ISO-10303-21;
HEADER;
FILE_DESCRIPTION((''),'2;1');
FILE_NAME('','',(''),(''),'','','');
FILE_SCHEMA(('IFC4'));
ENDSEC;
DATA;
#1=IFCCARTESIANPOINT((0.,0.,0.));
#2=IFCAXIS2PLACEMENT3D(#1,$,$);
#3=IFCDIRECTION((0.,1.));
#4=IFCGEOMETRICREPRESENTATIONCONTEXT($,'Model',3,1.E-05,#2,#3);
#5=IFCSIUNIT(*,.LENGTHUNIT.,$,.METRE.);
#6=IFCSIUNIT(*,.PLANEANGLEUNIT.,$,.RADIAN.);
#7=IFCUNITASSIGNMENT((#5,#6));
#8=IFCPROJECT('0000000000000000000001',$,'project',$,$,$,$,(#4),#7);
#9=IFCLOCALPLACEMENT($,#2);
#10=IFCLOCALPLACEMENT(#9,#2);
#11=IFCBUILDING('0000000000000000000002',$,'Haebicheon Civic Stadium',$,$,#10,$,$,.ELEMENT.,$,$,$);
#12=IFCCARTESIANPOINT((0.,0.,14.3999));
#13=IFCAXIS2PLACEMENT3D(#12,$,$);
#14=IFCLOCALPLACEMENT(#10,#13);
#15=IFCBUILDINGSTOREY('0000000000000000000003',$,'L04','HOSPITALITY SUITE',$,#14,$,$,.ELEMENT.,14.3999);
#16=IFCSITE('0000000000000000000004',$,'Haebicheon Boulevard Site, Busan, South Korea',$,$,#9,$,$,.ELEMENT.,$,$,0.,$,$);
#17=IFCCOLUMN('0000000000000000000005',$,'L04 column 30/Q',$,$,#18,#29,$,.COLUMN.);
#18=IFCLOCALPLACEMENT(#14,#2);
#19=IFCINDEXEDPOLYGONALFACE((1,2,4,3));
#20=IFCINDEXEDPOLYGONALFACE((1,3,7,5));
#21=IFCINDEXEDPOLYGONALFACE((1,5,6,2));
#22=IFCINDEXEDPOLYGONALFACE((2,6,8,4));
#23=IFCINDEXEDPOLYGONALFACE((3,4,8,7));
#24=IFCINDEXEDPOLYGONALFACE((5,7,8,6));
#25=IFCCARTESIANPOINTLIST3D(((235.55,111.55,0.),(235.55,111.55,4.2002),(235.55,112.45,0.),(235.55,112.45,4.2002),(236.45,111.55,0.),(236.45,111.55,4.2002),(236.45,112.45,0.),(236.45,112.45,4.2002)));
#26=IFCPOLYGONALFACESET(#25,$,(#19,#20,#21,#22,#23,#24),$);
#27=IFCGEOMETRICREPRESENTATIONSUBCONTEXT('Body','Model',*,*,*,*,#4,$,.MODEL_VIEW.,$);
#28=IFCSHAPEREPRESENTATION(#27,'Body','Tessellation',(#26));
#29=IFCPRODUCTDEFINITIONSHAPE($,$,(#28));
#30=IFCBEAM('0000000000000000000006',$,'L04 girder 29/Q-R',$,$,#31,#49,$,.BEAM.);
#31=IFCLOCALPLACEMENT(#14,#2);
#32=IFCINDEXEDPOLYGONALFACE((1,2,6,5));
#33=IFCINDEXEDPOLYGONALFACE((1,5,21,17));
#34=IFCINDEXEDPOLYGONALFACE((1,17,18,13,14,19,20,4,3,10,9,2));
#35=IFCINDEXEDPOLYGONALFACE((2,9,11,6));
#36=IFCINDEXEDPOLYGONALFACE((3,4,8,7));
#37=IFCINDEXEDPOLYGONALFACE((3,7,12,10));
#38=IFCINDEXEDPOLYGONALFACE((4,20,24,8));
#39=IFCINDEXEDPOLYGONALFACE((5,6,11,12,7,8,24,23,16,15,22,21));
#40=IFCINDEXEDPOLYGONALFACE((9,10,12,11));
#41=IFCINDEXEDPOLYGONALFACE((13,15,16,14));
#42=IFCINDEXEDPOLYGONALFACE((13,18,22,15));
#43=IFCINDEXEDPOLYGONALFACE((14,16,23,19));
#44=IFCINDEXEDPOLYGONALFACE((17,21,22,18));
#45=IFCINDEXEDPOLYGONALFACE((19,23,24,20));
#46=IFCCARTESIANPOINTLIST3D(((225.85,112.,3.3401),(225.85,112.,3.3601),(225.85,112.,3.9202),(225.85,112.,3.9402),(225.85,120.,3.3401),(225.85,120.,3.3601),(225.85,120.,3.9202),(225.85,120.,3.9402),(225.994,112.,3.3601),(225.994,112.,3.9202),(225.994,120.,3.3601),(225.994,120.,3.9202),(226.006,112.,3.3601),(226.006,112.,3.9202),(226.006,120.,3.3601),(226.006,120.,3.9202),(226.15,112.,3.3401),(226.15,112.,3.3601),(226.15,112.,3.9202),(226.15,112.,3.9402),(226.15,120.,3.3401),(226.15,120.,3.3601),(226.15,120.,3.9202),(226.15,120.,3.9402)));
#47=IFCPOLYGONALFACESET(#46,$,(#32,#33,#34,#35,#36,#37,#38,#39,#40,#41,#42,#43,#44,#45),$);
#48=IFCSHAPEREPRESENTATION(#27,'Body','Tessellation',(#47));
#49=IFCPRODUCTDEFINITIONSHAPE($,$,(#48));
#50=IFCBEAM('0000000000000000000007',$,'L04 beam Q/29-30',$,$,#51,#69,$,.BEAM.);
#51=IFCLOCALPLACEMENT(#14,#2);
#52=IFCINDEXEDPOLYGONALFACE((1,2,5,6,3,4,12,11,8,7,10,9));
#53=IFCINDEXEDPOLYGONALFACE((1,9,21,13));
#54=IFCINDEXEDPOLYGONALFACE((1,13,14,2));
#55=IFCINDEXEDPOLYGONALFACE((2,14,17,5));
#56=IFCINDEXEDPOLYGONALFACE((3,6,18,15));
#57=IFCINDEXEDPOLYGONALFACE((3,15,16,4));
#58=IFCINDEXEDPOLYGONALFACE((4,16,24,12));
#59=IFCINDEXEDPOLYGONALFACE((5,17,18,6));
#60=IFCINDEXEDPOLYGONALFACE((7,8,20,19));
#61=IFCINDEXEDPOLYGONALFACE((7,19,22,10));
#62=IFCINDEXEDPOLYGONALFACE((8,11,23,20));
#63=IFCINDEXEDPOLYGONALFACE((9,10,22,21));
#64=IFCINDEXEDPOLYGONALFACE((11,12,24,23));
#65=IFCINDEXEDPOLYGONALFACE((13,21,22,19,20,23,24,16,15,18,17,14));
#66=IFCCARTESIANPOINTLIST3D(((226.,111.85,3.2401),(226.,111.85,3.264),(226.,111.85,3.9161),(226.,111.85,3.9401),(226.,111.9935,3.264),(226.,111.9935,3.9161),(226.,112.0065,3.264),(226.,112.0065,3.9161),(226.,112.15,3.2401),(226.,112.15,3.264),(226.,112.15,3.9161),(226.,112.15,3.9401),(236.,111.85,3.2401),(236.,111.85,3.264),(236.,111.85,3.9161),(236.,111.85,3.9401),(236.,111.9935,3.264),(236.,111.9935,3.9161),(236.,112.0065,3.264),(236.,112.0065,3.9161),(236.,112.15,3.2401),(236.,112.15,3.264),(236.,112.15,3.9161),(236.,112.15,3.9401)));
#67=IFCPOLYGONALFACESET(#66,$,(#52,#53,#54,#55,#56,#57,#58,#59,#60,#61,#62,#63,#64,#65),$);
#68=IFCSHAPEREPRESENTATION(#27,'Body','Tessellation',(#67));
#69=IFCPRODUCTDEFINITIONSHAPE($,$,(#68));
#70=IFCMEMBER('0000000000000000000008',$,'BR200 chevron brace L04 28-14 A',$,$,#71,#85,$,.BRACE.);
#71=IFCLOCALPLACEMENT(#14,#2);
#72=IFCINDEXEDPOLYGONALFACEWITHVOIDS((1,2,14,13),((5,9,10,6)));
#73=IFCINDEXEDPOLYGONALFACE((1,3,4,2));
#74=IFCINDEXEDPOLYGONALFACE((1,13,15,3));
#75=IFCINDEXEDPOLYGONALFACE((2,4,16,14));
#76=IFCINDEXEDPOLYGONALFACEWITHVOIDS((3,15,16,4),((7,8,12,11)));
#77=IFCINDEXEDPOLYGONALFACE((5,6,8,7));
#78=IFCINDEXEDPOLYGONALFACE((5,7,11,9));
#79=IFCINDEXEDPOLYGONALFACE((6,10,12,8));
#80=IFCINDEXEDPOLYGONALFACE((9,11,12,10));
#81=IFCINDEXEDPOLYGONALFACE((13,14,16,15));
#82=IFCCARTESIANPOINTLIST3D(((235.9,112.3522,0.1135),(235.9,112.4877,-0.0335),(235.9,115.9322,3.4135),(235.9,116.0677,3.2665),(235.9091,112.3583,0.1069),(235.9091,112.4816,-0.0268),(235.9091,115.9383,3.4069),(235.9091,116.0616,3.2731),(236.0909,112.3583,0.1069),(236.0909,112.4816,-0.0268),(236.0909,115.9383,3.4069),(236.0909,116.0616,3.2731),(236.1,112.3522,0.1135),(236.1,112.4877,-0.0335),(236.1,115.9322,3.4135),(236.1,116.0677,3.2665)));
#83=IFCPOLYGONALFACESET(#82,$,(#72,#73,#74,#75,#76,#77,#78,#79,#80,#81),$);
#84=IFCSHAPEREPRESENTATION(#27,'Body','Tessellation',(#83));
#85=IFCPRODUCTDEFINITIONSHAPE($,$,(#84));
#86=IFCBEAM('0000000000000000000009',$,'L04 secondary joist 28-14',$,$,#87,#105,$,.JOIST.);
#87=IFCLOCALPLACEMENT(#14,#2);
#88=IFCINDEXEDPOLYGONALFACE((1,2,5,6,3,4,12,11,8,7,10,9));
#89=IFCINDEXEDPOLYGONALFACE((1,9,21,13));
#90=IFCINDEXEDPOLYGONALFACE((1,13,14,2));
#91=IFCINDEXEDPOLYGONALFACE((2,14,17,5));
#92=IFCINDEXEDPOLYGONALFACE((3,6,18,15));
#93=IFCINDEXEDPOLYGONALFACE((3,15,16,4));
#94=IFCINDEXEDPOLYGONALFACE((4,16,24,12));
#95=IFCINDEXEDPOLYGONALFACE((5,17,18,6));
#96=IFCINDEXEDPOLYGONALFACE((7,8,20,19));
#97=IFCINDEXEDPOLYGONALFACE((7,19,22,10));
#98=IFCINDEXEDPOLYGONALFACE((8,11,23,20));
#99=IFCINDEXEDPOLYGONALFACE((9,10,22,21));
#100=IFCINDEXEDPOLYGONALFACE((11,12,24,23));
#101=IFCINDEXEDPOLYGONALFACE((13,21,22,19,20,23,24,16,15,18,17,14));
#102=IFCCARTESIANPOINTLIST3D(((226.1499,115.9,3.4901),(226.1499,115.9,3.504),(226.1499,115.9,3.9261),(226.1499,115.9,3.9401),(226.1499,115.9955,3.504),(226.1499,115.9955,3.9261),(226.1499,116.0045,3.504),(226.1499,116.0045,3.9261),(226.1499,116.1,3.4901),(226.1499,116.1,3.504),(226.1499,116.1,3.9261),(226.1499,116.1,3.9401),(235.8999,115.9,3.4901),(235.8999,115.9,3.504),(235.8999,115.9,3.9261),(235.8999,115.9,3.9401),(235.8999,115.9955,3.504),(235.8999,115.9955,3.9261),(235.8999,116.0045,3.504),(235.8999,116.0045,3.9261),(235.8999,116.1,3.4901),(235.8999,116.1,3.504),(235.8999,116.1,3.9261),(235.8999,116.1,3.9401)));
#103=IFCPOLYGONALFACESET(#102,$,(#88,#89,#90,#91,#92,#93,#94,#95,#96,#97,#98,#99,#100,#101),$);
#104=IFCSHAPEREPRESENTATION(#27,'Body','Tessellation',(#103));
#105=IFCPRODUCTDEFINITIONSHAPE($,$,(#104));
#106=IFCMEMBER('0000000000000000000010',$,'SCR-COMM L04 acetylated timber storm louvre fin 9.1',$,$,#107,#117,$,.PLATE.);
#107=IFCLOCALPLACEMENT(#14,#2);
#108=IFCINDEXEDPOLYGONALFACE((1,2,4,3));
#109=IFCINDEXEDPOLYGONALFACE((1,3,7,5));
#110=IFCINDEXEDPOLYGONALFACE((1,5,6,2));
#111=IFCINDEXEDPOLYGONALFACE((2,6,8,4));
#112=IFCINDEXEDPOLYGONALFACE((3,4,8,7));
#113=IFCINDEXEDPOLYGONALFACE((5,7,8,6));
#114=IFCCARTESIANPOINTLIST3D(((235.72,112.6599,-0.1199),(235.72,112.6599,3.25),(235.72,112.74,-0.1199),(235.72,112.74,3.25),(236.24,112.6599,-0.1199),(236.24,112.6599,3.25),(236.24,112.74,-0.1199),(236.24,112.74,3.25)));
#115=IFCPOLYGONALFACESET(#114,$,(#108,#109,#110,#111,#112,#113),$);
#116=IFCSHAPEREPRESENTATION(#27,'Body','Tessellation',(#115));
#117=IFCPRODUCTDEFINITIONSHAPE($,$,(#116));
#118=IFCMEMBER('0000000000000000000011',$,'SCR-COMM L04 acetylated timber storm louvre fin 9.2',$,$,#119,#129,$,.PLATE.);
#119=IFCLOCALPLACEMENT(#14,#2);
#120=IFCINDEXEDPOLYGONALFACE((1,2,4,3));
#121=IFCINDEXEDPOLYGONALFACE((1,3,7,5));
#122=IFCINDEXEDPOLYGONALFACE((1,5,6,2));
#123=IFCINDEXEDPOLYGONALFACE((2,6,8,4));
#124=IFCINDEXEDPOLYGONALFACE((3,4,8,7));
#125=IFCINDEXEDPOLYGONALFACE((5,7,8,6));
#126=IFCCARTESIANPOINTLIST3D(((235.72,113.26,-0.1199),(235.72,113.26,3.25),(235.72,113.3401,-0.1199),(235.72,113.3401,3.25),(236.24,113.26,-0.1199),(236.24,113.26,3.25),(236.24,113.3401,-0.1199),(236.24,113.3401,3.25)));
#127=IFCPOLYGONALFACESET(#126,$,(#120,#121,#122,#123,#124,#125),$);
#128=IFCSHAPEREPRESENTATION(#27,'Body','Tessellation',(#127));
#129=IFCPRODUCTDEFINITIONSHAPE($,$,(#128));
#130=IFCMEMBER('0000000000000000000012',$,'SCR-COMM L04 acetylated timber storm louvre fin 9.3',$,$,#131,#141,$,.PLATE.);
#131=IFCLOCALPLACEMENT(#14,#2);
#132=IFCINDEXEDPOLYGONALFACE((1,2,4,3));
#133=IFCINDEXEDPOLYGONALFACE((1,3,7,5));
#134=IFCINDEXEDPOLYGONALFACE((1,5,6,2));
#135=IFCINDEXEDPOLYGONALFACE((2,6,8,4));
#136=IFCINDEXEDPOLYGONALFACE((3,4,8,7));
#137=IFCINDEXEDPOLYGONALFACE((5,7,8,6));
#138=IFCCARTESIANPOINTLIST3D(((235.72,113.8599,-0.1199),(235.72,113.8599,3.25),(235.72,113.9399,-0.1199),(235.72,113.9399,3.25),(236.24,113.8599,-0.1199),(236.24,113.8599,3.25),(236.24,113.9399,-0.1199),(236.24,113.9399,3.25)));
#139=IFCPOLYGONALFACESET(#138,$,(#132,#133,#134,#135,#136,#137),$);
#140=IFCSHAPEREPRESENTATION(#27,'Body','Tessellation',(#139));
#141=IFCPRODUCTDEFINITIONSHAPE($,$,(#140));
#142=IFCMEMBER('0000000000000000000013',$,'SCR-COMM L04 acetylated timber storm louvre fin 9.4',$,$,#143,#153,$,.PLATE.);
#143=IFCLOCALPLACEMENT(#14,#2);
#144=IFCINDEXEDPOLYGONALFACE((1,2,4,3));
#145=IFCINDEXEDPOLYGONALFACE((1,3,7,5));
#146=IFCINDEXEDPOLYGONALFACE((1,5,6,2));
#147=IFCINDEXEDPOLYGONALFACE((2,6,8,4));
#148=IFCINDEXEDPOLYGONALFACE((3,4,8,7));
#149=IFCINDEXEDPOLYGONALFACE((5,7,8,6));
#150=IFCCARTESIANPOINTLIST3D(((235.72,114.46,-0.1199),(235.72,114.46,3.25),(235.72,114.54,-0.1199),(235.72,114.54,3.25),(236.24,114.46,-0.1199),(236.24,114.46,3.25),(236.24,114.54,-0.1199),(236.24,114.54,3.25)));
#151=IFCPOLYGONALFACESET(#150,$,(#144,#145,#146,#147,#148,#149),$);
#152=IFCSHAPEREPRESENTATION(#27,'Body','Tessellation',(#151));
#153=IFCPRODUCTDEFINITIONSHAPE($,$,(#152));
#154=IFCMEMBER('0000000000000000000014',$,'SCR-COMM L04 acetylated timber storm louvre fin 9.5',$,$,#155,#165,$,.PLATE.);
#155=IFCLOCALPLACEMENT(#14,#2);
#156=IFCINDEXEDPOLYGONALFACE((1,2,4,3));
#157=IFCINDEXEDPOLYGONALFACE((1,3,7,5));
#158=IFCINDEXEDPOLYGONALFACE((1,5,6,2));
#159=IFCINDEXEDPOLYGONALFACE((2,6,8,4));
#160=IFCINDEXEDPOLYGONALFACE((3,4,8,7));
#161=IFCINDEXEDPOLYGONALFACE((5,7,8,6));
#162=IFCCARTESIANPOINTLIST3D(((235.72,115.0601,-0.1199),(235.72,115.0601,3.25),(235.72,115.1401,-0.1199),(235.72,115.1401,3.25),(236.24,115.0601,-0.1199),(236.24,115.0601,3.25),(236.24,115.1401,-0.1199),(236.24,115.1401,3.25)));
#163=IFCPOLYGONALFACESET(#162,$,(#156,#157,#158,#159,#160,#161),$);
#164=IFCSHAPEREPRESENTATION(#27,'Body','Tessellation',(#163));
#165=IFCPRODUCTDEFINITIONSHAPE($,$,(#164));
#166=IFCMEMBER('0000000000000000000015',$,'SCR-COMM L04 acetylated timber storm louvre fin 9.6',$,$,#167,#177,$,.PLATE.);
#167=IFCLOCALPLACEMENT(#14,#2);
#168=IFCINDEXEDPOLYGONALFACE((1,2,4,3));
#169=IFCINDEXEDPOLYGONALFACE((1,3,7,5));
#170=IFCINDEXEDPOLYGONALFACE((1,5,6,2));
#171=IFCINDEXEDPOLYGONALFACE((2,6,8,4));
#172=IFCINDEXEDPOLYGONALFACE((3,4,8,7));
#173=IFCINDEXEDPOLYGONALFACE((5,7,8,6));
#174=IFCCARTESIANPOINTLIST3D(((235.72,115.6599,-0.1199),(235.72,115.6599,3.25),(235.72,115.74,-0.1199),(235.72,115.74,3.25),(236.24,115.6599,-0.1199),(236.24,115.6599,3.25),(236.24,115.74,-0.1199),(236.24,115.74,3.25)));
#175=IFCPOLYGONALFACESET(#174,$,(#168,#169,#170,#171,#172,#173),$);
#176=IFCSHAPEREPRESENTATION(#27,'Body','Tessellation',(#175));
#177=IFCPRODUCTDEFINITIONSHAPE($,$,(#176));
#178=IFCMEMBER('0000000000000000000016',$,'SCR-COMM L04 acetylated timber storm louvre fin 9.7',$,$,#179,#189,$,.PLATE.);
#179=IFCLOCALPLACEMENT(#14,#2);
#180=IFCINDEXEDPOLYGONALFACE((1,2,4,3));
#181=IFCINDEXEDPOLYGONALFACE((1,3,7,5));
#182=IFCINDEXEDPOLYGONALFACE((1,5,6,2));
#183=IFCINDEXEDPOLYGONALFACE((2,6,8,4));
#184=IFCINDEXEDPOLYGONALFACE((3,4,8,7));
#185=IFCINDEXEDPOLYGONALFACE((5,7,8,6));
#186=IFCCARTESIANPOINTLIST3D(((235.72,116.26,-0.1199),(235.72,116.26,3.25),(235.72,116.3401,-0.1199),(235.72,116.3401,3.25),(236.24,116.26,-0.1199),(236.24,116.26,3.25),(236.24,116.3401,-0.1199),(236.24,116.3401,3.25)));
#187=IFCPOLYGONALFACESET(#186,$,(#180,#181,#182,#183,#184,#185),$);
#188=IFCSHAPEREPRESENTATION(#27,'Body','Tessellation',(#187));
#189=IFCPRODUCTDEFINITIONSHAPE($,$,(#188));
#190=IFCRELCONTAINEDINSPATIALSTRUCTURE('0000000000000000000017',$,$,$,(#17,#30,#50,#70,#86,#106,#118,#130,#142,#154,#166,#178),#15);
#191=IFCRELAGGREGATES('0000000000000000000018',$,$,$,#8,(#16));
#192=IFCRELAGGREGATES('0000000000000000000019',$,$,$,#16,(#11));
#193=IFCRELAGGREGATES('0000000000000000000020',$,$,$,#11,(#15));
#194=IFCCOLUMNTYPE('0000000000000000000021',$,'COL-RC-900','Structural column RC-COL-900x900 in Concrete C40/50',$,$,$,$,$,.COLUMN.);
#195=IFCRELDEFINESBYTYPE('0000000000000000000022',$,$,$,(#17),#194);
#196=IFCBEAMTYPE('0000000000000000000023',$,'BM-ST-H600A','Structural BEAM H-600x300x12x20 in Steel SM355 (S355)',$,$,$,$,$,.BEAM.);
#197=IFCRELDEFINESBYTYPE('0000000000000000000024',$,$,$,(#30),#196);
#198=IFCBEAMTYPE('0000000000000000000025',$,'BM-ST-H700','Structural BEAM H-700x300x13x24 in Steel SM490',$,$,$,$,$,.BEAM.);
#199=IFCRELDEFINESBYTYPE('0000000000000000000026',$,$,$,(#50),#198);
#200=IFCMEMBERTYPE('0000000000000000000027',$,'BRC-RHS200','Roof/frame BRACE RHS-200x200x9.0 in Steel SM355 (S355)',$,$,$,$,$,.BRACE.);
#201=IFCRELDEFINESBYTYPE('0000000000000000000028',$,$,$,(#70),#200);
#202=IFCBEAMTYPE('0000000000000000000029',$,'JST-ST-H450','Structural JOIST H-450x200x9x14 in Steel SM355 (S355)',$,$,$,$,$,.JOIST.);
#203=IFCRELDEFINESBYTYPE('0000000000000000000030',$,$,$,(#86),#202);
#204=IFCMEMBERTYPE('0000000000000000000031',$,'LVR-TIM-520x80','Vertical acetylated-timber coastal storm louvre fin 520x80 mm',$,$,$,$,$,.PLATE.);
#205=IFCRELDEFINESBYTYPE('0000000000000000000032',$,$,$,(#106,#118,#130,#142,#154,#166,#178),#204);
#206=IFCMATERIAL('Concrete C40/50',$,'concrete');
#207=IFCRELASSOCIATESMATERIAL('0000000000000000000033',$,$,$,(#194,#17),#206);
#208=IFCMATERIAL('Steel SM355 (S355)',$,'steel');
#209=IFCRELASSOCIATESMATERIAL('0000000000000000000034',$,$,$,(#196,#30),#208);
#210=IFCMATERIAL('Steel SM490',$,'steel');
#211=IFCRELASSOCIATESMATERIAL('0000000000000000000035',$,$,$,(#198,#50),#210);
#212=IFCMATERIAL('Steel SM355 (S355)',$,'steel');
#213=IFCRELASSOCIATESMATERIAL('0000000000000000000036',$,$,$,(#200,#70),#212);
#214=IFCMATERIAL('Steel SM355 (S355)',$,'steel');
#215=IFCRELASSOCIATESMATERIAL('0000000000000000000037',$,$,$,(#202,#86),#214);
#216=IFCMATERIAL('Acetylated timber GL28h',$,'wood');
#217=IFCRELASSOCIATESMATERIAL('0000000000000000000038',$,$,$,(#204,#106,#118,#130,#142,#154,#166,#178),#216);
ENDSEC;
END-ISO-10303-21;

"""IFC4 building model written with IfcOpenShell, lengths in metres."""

from ifc_helpers import new_model, si_unit, direction, frame, origin, origin_2d, place, context, subcontext, project, spatial, rectangle, hollow_rectangle, i_section, extrude, material, material_profile, profile_set, type_object, element, save


model = new_model("IFC4")

# Units and contexts
model_context = context("Model", 3, precision=1e-05, world=origin(), true_north=direction((0.0, 1.0)))
body_context = subcontext(model_context, "Body", "Model", "MODEL_VIEW")
ifc_project = project(units=[si_unit("LENGTHUNIT", "METRE"), si_unit("PLANEANGLEUNIT", "RADIAN")], contexts=[model_context])

# Site, building, storey
site_placement = place(None, origin())
site = spatial("IfcSite", under=ifc_project, at=site_placement, Name="Haebicheon Boulevard Site, Busan, South Korea", CompositionType="ELEMENT", RefElevation=0.0)
building_placement = place(site_placement, origin())
building = spatial("IfcBuilding", under=site, at=building_placement, Name="Haebicheon Civic Stadium", CompositionType="ELEMENT")
storey_placement = place(building_placement, frame((0.0, 0.0, 14.3999)))
storey = spatial("IfcBuildingStorey", under=building, at=storey_placement, Name="L04", Description="HOSPITALITY SUITE", CompositionType="ELEMENT", Elevation=14.3999)

# Column
ifc_material_1 = material(Name="Concrete C40/50", Category="concrete")
ifc_material_profile_1 = material_profile(ifc_material_1, rectangle(XDim=0.8999, YDim=0.8999, at=origin_2d()), Name="RC-COL-900x900")
ifc_profile_set_1 = profile_set([ifc_material_profile_1], Name="Concrete C40/50")
column_type = type_object("IfcColumnType", Name="COL-RC-900", Description="Structural column RC-COL-900x900 in Concrete C40/50", PredefinedType="COLUMN", material=ifc_profile_set_1)
column_placement = place(storey_placement, frame((236.0, 112.0, 0.0), z_axis=(0.0, 0.0, 1.0), x_axis=(1.0, 0.0, 0.0)))
element("IfcColumn", 1, at=column_placement, inside=storey, type_object=column_type, material=ifc_profile_set_1, Name="L04 column 30/Q", PredefinedType="COLUMN", context=body_context, shape_type="SweptSolid", body=[
    extrude(rectangle(XDim=0.8999, YDim=0.8999, at=origin_2d()), origin(), (0.0, 0.0, 1.0), 4.2002),
])

# Beams
ifc_material_2 = material(Name="Steel SM355 (S355)", Category="steel")
ifc_material_profile_2 = material_profile(ifc_material_2, i_section(OverallWidth=0.3, OverallDepth=0.6001, WebThickness=0.012, FlangeThickness=0.02, at=origin_2d()), Name="H-600x300x12x20")
ifc_profile_set_2 = profile_set([ifc_material_profile_2], Name="Steel SM355 (S355)")
beam_type_1 = type_object("IfcBeamType", Name="BM-ST-H600A", Description="Structural BEAM H-600x300x12x20 in Steel SM355 (S355)", PredefinedType="BEAM", material=ifc_profile_set_2)
beam_1_placement = place(storey_placement, frame((226.0, 112.0, 3.6401), z_axis=(0.0, 1.0, 0.0), x_axis=(-1.0, 0.0, 0.0)))
element("IfcBeam", 2, at=beam_1_placement, inside=storey, type_object=beam_type_1, material=ifc_profile_set_2, Name="L04 girder 29/Q-R", PredefinedType="BEAM", context=body_context, shape_type="SweptSolid", body=[
    extrude(i_section(OverallWidth=0.3, OverallDepth=0.6001, WebThickness=0.012, FlangeThickness=0.02, at=origin_2d()), origin(), (0.0, 0.0, 1.0), 8.0),
])
ifc_material_3 = material(Name="Steel SM490", Category="steel")
ifc_material_profile_3 = material_profile(ifc_material_3, i_section(OverallWidth=0.3, OverallDepth=0.7, WebThickness=0.0129, FlangeThickness=0.0239, at=origin_2d()), Name="H-700x300x13x24")
ifc_profile_set_3 = profile_set([ifc_material_profile_3], Name="Steel SM490")
beam_type_2 = type_object("IfcBeamType", Name="BM-ST-H700", Description="Structural BEAM H-700x300x13x24 in Steel SM490", PredefinedType="BEAM", material=ifc_profile_set_3)
beam_2_placement = place(storey_placement, frame((226.0, 112.0, 3.5901), z_axis=(1.0, 0.0, 0.0), x_axis=(0.0, 1.0, 0.0)))
element("IfcBeam", 3, at=beam_2_placement, inside=storey, type_object=beam_type_2, material=ifc_profile_set_3, Name="L04 beam Q/29-30", PredefinedType="BEAM", context=body_context, shape_type="SweptSolid", body=[
    extrude(i_section(OverallWidth=0.3, OverallDepth=0.7, WebThickness=0.0129, FlangeThickness=0.0239, at=origin_2d()), origin(), (0.0, 0.0, 1.0), 10.0),
])

# Member
ifc_material_4 = material(Name="Steel SM355 (S355)", Category="steel")
ifc_material_profile_4 = material_profile(ifc_material_4, hollow_rectangle(XDim=0.2, YDim=0.2, WallThickness=0.009, at=origin_2d()), Name="RHS-200x200x9.0")
ifc_profile_set_4 = profile_set([ifc_material_profile_4], Name="Steel SM355 (S355)")
member_type_1 = type_object("IfcMemberType", Name="BRC-RHS200", Description="Roof/frame BRACE RHS-200x200x9.0 in Steel SM355 (S355)", PredefinedType="BRACE", material=ifc_profile_set_4)
member_placement = place(storey_placement, frame((236.0, 112.4199, 0.04), z_axis=(0.0, 0.735278, 0.677766), x_axis=(-1.0, 0.0, 0.0)))
element("IfcMember", 4, at=member_placement, inside=storey, type_object=member_type_1, material=ifc_profile_set_4, Name="BR200 chevron brace L04 28-14 A", PredefinedType="BRACE", context=body_context, shape_type="SweptSolid", body=[
    extrude(hollow_rectangle(XDim=0.2, YDim=0.2, WallThickness=0.009, at=origin_2d()), origin(), (0.0, 0.0, 1.0), 4.8689),
])

# Beam
ifc_material_5 = material(Name="Steel SM355 (S355)", Category="steel")
ifc_material_profile_5 = material_profile(ifc_material_5, i_section(OverallWidth=0.2, OverallDepth=0.45, WebThickness=0.009, FlangeThickness=0.0139, at=origin_2d()), Name="H-450x200x9x14")
ifc_profile_set_5 = profile_set([ifc_material_profile_5], Name="Steel SM355 (S355)")
beam_type_3 = type_object("IfcBeamType", Name="JST-ST-H450", Description="Structural JOIST H-450x200x9x14 in Steel SM355 (S355)", PredefinedType="JOIST", material=ifc_profile_set_5)
beam_3_placement = place(storey_placement, frame((226.1499, 116.0, 3.7151), z_axis=(1.0, 0.0, 0.0), x_axis=(0.0, 1.0, 0.0)))
element("IfcBeam", 5, at=beam_3_placement, inside=storey, type_object=beam_type_3, material=ifc_profile_set_5, Name="L04 secondary joist 28-14", PredefinedType="JOIST", context=body_context, shape_type="SweptSolid", body=[
    extrude(i_section(OverallWidth=0.2, OverallDepth=0.45, WebThickness=0.009, FlangeThickness=0.0139, at=origin_2d()), origin(), (0.0, 0.0, 1.0), 9.75),
])

# Members
ifc_material_6 = material(Name="Acetylated timber GL28h", Category="wood")
ifc_material_profile_6 = material_profile(ifc_material_6, rectangle(XDim=0.0801, YDim=0.52, at=origin_2d()), Name="TMB-LOUV-80x520")
ifc_profile_set_6 = profile_set([ifc_material_profile_6], Name="Acetylated timber GL28h")
member_type_2 = type_object("IfcMemberType", Name="LVR-TIM-520x80", Description="Vertical acetylated-timber coastal storm louvre fin 520x80 mm", PredefinedType="PLATE", material=ifc_profile_set_6)
for number, where, z_axis, x_axis, name in (
    (6, (235.98, 112.7, -0.1199), (0.0, 0.0, 1.0), (0.0, 1.0, 0.0), "SCR-COMM L04 acetylated timber storm louvre fin 9.1"),
    (7, (235.98, 113.3, -0.1199), (0.0, 0.0, 1.0), (0.0, 1.0, 0.0), "SCR-COMM L04 acetylated timber storm louvre fin 9.2"),
    (8, (235.98, 113.8999, -0.1199), (0.0, 0.0, 1.0), (0.0, 1.0, 0.0), "SCR-COMM L04 acetylated timber storm louvre fin 9.3"),
    (9, (235.98, 114.5, -0.1199), (0.0, 0.0, 1.0), (0.0, 1.0, 0.0), "SCR-COMM L04 acetylated timber storm louvre fin 9.4"),
    (10, (235.98, 115.1001, -0.1199), (0.0, 0.0, 1.0), (0.0, 1.0, 0.0), "SCR-COMM L04 acetylated timber storm louvre fin 9.5"),
    (11, (235.98, 115.7, -0.1199), (0.0, 0.0, 1.0), (0.0, 1.0, 0.0), "SCR-COMM L04 acetylated timber storm louvre fin 9.6"),
    (12, (235.98, 116.3, -0.1199), (0.0, 0.0, 1.0), (0.0, 1.0, 0.0), "SCR-COMM L04 acetylated timber storm louvre fin 9.7"),
):
    element("IfcMember", number, at=place(storey_placement, frame(where, z_axis=z_axis, x_axis=x_axis)), inside=storey, type_object=member_type_2, material=ifc_profile_set_6, Name=name, PredefinedType="PLATE", context=body_context, shape_type="SweptSolid", body=[
        extrude(rectangle(XDim=0.0801, YDim=0.52, at=origin_2d()), origin(), (0.0, 0.0, 1.0), 3.3699),
    ])

save(model, "model.ifc")
